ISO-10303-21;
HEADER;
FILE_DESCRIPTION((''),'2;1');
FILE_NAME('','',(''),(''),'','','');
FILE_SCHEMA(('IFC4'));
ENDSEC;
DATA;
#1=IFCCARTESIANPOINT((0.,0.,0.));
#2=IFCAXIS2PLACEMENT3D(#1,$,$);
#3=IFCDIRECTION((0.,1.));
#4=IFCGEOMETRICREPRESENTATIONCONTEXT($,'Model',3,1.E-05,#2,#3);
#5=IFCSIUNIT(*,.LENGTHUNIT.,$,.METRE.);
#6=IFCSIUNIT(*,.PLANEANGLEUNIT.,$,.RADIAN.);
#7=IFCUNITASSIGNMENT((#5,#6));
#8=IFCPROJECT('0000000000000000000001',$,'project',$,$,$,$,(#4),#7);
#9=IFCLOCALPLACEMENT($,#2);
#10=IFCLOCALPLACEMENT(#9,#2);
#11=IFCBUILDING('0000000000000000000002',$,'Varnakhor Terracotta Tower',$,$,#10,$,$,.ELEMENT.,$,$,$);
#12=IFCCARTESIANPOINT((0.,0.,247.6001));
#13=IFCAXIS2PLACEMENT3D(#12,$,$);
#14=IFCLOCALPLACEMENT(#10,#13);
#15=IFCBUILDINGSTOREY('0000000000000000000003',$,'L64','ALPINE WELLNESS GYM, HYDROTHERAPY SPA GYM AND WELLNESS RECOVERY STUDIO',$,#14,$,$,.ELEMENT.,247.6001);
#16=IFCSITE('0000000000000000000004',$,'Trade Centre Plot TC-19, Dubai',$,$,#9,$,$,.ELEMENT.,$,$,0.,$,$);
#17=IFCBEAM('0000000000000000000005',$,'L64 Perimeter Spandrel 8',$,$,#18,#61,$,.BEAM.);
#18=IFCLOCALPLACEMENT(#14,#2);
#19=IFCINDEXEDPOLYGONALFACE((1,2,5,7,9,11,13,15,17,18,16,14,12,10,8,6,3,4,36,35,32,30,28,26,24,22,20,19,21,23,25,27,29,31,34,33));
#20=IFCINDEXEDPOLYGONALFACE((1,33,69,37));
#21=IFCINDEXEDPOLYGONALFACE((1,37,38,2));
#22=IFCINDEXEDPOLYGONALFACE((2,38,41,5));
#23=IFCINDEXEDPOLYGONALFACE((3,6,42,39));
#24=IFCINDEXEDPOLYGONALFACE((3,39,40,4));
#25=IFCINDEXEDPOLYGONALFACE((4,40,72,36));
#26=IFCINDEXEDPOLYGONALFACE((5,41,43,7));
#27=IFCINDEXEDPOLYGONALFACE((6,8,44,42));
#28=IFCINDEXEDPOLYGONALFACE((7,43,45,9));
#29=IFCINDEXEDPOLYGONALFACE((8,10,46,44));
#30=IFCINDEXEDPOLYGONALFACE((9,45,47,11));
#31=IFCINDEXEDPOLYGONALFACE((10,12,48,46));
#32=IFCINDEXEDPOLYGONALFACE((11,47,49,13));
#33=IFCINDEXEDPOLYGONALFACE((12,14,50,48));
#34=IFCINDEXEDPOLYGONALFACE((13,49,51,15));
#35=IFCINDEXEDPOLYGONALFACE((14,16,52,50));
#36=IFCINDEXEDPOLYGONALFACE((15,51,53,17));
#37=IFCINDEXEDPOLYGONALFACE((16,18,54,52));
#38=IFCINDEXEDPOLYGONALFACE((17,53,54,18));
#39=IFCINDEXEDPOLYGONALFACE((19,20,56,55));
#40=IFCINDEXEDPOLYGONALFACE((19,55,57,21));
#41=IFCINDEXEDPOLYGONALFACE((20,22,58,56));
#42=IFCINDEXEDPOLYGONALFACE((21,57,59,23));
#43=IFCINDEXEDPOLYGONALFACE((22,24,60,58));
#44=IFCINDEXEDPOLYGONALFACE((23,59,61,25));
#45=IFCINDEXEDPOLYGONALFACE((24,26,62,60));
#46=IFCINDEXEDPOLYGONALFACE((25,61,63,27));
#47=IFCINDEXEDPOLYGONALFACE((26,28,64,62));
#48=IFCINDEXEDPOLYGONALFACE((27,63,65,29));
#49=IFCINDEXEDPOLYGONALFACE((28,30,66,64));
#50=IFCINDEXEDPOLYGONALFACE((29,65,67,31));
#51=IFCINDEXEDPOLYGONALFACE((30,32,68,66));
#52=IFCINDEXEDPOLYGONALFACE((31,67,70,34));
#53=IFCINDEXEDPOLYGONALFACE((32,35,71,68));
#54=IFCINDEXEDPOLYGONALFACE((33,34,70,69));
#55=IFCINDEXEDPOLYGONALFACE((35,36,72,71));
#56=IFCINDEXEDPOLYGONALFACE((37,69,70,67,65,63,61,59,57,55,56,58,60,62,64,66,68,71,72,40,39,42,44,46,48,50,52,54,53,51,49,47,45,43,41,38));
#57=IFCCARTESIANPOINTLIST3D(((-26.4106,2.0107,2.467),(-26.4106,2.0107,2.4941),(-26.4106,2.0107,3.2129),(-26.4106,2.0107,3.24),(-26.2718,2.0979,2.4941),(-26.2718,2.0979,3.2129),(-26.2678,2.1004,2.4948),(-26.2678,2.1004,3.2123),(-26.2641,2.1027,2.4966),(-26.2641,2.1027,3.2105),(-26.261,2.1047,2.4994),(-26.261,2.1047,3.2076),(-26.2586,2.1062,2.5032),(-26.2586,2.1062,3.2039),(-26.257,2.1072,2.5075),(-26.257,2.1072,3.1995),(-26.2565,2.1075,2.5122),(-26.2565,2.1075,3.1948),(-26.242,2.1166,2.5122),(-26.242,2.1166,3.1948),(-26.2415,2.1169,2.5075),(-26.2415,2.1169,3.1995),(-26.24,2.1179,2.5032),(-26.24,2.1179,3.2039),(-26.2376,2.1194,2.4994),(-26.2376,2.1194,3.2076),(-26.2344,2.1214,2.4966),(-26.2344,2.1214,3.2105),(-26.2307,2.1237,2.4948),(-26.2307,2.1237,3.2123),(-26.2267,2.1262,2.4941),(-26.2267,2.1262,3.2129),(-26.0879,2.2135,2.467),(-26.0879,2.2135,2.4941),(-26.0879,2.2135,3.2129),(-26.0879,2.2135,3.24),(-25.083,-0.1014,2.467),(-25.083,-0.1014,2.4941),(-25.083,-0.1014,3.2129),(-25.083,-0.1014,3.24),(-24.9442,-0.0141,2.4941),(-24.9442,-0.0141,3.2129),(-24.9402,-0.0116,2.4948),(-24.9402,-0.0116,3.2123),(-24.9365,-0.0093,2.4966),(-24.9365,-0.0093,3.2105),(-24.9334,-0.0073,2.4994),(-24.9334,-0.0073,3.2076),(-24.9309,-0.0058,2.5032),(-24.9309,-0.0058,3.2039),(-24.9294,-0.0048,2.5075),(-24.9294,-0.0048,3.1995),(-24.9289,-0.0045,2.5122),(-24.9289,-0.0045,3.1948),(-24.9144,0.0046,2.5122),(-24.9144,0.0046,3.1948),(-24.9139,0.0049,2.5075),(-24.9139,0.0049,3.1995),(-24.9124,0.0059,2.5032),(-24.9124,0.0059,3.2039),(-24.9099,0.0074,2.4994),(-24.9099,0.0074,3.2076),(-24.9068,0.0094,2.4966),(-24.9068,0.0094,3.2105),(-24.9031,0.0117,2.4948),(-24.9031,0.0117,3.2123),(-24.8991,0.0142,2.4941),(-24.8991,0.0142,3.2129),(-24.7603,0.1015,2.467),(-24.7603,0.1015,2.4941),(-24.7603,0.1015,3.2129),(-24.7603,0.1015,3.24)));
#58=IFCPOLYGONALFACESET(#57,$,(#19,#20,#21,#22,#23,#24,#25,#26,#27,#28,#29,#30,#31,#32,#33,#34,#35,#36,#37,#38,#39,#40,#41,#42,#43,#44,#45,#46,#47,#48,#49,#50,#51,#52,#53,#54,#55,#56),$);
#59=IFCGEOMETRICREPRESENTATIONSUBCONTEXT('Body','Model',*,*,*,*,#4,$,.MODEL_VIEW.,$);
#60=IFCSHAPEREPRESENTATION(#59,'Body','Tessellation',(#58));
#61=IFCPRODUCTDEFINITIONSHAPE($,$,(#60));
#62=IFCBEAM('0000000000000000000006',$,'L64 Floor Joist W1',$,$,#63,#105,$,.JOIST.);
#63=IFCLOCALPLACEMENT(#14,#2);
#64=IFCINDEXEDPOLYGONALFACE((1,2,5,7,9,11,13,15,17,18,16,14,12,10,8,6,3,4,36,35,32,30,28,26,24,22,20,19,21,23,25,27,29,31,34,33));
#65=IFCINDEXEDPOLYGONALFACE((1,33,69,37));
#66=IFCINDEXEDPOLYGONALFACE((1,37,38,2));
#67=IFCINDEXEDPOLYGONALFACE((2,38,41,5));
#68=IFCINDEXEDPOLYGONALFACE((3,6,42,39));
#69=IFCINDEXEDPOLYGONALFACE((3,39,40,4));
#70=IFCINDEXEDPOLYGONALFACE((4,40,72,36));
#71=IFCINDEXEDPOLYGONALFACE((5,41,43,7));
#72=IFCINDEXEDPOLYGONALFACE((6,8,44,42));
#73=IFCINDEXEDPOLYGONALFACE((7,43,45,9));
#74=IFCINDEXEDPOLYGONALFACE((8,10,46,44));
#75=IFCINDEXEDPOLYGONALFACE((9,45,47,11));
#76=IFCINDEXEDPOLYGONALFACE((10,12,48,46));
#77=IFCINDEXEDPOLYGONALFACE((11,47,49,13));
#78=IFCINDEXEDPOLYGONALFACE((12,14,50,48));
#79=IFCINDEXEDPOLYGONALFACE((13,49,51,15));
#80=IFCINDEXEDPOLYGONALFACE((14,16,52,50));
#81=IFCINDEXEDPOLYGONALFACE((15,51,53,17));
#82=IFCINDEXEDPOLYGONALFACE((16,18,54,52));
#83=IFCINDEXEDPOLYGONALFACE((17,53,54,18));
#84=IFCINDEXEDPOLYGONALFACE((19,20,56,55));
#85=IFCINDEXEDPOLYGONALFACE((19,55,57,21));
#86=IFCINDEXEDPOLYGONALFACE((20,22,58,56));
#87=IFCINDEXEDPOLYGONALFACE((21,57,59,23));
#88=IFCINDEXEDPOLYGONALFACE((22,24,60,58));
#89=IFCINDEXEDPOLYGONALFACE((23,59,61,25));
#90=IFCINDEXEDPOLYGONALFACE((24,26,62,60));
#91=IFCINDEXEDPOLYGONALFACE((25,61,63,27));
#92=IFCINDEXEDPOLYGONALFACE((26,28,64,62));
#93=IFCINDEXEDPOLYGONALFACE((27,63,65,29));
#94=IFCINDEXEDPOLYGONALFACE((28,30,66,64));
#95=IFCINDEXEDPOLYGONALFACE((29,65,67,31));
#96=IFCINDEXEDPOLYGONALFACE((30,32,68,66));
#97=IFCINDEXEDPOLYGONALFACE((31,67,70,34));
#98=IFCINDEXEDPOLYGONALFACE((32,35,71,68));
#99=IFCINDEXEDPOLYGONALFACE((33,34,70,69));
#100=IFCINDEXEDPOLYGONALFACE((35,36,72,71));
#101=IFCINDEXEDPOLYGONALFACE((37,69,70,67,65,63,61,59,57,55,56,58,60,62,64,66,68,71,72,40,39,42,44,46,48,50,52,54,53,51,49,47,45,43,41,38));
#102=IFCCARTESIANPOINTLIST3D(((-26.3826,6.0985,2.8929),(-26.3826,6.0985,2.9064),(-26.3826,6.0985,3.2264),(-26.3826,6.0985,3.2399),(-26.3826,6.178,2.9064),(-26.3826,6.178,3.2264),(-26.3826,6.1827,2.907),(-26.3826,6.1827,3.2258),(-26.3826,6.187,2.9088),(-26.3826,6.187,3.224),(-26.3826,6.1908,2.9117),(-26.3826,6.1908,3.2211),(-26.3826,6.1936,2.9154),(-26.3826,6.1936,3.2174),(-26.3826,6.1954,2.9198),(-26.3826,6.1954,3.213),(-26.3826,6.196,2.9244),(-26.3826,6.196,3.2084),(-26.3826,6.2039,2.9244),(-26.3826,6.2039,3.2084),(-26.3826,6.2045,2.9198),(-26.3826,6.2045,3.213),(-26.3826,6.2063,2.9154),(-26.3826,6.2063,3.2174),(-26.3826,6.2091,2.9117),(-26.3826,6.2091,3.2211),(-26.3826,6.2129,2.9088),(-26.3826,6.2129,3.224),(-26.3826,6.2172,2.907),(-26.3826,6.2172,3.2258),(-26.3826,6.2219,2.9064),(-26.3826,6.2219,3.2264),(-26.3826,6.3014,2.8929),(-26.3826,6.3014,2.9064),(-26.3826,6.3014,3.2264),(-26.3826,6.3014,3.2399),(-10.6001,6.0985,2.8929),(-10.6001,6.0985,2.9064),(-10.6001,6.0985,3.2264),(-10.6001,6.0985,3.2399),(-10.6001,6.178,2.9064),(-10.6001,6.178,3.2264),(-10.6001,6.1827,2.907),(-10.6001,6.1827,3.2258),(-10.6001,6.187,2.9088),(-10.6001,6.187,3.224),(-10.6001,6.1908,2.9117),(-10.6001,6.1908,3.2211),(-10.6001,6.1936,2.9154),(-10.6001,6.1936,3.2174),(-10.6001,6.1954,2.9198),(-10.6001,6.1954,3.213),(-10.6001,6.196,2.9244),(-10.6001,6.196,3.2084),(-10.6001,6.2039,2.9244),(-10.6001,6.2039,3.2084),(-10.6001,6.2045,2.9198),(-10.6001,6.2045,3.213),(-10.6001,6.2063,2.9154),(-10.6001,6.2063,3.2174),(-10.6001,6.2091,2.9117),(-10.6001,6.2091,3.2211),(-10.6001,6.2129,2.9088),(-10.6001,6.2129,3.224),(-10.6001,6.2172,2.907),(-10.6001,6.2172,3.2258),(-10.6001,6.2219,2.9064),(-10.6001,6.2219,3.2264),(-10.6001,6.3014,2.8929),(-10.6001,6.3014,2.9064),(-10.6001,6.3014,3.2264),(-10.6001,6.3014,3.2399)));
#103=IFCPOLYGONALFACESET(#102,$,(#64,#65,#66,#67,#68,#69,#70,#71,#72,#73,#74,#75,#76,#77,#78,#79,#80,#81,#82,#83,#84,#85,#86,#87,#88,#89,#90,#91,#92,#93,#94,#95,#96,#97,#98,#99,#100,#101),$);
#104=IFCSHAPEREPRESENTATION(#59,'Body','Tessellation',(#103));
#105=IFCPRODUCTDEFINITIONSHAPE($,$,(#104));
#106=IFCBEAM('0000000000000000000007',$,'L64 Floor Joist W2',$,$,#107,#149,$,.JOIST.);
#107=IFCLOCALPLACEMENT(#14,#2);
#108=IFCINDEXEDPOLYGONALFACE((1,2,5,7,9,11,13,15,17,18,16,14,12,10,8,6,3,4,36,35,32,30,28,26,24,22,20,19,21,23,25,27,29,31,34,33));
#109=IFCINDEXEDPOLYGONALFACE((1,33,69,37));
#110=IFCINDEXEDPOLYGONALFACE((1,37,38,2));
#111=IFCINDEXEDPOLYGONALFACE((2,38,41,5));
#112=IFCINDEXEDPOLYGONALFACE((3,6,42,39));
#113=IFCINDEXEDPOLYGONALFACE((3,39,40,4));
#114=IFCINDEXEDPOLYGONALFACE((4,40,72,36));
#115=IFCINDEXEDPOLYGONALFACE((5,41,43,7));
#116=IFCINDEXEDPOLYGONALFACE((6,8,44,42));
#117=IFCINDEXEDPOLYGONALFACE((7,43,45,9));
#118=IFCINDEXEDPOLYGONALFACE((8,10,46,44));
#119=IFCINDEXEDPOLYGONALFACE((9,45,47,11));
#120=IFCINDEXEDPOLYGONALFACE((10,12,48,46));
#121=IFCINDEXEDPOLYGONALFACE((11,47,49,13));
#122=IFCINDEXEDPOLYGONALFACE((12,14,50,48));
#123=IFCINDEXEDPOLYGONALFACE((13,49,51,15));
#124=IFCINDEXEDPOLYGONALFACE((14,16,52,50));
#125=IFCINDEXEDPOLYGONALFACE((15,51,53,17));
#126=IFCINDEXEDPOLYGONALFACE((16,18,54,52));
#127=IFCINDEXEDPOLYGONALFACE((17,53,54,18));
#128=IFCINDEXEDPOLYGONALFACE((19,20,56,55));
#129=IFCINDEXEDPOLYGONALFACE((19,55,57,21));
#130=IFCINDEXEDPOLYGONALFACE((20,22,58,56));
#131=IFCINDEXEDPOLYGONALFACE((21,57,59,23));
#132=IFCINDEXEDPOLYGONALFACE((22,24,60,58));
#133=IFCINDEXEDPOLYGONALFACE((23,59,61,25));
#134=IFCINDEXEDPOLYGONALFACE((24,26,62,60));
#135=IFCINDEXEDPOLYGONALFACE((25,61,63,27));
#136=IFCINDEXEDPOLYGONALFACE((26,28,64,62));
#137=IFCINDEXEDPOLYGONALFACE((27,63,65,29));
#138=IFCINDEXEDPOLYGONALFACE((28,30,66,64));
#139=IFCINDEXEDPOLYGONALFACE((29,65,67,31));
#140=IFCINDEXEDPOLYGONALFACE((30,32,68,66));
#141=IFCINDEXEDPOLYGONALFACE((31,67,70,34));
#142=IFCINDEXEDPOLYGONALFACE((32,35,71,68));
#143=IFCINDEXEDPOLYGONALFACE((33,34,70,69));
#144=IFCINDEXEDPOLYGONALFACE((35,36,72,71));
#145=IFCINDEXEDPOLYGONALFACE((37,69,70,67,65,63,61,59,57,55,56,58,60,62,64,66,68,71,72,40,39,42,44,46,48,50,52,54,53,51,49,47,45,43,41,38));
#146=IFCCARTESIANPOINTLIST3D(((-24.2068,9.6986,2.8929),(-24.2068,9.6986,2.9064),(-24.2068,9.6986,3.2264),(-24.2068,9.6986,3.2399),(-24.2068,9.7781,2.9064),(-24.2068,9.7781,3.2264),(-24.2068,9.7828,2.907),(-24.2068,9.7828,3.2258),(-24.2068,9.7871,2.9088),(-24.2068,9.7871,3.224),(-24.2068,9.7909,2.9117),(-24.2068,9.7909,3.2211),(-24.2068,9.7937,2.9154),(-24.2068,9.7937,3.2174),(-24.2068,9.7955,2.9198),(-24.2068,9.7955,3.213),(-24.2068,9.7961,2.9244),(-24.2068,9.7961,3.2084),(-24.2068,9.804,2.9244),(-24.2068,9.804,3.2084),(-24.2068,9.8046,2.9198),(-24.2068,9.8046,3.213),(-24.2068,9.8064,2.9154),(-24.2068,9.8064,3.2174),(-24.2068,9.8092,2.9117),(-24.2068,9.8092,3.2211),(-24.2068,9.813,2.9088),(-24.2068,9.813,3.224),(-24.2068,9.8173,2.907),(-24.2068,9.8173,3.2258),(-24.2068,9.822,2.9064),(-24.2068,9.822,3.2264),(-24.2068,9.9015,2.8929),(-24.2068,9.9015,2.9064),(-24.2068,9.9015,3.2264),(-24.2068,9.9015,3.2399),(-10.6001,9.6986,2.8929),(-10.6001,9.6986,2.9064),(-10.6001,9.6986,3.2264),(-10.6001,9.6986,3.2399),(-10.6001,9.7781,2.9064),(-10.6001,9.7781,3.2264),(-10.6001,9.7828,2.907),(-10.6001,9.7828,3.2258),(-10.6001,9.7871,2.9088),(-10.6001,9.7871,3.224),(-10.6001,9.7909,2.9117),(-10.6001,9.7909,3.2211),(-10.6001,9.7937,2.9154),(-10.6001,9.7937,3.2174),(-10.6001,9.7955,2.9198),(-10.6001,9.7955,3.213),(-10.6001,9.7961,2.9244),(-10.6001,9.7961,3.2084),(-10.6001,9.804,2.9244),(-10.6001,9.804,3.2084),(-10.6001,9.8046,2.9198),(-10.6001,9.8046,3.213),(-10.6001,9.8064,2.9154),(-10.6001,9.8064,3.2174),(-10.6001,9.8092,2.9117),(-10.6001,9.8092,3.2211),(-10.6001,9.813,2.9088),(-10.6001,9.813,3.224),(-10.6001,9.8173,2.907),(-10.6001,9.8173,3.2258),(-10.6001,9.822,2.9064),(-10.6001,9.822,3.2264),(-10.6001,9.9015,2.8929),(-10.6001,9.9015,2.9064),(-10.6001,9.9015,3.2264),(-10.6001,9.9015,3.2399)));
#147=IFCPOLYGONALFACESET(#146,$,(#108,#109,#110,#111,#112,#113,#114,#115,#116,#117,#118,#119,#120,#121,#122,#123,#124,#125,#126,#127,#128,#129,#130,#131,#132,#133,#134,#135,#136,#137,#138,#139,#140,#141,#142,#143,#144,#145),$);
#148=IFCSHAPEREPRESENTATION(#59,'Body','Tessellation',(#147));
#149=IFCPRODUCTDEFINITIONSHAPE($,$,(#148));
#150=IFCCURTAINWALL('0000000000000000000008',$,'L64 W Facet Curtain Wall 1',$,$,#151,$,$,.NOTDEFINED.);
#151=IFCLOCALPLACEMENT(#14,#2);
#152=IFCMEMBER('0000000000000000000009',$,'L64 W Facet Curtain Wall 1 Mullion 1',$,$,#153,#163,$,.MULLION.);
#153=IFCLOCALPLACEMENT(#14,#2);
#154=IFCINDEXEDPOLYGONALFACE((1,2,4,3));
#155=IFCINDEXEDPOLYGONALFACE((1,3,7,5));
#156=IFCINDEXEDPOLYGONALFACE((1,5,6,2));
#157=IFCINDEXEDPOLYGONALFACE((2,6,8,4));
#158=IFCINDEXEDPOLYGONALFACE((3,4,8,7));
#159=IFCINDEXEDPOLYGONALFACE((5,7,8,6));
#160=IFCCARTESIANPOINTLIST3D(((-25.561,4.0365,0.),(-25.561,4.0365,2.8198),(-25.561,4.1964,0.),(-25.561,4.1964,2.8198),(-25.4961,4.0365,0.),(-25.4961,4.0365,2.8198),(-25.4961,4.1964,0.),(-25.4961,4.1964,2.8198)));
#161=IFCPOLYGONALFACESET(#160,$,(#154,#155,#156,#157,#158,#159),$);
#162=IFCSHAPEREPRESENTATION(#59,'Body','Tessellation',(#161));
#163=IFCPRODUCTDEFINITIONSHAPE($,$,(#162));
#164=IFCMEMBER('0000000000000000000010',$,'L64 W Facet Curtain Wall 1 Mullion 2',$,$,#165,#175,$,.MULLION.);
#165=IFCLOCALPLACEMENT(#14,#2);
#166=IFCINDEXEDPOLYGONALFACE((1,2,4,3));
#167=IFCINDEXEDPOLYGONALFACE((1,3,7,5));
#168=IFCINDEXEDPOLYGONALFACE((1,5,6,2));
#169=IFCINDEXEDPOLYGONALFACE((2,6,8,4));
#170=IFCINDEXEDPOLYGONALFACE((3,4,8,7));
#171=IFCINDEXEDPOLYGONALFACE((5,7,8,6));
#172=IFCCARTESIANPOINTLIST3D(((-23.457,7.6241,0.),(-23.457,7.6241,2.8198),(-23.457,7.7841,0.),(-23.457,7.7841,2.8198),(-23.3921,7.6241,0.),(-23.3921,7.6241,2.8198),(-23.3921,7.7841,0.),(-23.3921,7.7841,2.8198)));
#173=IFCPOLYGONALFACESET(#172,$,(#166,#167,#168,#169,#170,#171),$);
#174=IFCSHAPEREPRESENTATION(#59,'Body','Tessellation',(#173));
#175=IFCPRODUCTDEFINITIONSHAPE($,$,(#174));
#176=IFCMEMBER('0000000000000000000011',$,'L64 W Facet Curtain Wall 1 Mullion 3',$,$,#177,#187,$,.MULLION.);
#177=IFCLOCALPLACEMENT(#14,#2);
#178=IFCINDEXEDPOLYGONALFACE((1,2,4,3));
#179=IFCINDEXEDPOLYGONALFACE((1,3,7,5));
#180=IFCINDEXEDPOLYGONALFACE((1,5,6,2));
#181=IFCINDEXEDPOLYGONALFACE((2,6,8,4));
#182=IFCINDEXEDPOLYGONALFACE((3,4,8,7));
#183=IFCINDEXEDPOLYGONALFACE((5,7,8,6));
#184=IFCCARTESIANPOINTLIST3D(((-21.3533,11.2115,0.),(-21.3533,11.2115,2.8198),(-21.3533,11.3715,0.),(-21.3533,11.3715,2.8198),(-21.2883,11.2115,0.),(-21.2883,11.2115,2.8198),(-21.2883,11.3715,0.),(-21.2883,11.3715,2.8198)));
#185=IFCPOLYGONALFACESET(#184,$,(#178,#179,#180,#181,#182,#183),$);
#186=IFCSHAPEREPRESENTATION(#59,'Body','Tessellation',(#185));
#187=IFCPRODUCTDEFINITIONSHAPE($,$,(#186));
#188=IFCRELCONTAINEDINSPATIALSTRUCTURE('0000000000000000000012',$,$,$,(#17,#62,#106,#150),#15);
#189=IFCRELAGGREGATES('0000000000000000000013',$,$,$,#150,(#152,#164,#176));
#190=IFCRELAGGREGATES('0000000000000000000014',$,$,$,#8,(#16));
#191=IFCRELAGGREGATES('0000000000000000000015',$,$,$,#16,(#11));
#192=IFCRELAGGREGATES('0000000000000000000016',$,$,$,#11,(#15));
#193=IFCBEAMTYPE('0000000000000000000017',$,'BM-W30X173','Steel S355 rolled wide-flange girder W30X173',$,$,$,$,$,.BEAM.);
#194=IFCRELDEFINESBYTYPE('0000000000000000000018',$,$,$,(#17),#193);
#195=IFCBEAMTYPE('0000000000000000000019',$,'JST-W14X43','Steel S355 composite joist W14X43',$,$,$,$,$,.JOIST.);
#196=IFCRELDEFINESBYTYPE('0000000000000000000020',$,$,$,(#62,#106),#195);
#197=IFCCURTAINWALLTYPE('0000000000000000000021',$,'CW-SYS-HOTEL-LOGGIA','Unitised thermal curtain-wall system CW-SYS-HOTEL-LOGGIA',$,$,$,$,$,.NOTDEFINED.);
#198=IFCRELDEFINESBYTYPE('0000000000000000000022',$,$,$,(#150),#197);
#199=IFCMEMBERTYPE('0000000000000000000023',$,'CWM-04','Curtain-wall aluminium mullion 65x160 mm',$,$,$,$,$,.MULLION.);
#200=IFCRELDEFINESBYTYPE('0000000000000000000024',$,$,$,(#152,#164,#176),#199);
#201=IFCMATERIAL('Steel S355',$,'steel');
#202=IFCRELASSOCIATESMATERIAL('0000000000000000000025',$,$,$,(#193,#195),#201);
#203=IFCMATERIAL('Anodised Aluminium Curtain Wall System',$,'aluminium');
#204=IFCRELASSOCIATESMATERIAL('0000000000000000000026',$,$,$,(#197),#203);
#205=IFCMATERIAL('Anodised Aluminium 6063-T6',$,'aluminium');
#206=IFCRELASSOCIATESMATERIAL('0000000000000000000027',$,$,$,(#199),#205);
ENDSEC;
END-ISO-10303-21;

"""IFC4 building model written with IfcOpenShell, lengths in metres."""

from ifc_helpers import new_model, si_unit, direction, frame, origin, origin_2d, place, context, subcontext, project, spatial, rectangle, i_section, extrude, source, transform, mapped, material, material_profile, profile_set, type_object, element, aggregate, save


model = new_model("IFC4")

# Units and contexts
model_context = context("Model", 3, precision=1e-05, world=origin(), true_north=direction((0.0, 1.0)))
body_context = subcontext(model_context, "Body", "Model", "MODEL_VIEW")
ifc_project = project(units=[si_unit("LENGTHUNIT", "METRE"), si_unit("PLANEANGLEUNIT", "RADIAN")], contexts=[model_context])

# Site, building, storey
site_placement = place(None, origin())
site = spatial("IfcSite", under=ifc_project, at=site_placement, Name="Trade Centre Plot TC-19, Dubai", CompositionType="ELEMENT", RefElevation=0.0)
building_placement = place(site_placement, origin())
building = spatial("IfcBuilding", under=site, at=building_placement, Name="Varnakhor Terracotta Tower", CompositionType="ELEMENT")
storey_placement = place(building_placement, frame((0.0, 0.0, 247.6001)))
storey = spatial("IfcBuildingStorey", under=building, at=storey_placement, Name="L64", Description="ALPINE WELLNESS GYM, HYDROTHERAPY SPA GYM AND WELLNESS RECOVERY STUDIO", CompositionType="ELEMENT", Elevation=247.6001)

# Beams
ifc_material_1 = material(Name="Steel S355", Category="steel")
ifc_material_profile_1 = material_profile(ifc_material_1, i_section(OverallWidth=0.3811, OverallDepth=0.7729, WebThickness=0.0171, FlangeThickness=0.0271, FilletRadius=0.0181, at=origin_2d()), Name="W30X173")
ifc_profile_set_1 = profile_set([ifc_material_profile_1], Name="Steel S355")
beam_type_1 = type_object("IfcBeamType", Name="BM-W30X173", Description="Steel S355 rolled wide-flange girder W30X173", PredefinedType="BEAM", material=ifc_profile_set_1)
shared_shape_1 = source(origin(), body_context, "Body", "SweptSolid", [
    extrude(i_section(OverallWidth=0.3811, OverallDepth=0.7729, WebThickness=0.0171, FlangeThickness=0.0271, FilletRadius=0.0181, at=origin_2d()), origin(), (0.0, 0.0, 1.0), 2.4946),
])
for number, where, z_axis, x_axis, name in (
    (1, (-26.2493, 2.1121, 2.8535), (0.532188, -0.846626, 0.0), (0.846626, 0.532188, 0.0), "L64 Perimeter Spandrel 8"),
):
    element("IfcBeam", number, at=place(storey_placement, frame(where, z_axis=z_axis, x_axis=x_axis)), inside=storey, type_object=beam_type_1, Name=name, PredefinedType="BEAM", context=body_context, shape_type="MappedRepresentation", body=[
        mapped(shared_shape_1, transform((0.0, 0.0, 0.0), scale=1.0)),
    ])
ifc_material_profile_2 = material_profile(ifc_material_1, i_section(OverallWidth=0.2029, OverallDepth=0.3469, WebThickness=0.0078, FlangeThickness=0.0134, FilletRadius=0.0181, at=origin_2d()), Name="W14X43")
ifc_profile_set_2 = profile_set([ifc_material_profile_2], Name="Steel S355")
beam_type_2 = type_object("IfcBeamType", Name="JST-W14X43", Description="Steel S355 composite joist W14X43", PredefinedType="JOIST", material=ifc_profile_set_2)
shared_shape_2 = source(origin(), body_context, "Body", "SweptSolid", [
    extrude(i_section(OverallWidth=0.2029, OverallDepth=0.3469, WebThickness=0.0078, FlangeThickness=0.0134, FilletRadius=0.0181, at=origin_2d()), origin(), (0.0, 0.0, 1.0), 15.7825),
])
beam_1_placement = place(storey_placement, frame((-26.3826, 6.2, 3.0664), z_axis=(1.0, 0.0, 0.0), x_axis=(0.0, 1.0, 0.0)))
element("IfcBeam", 2, at=beam_1_placement, inside=storey, type_object=beam_type_2, Name="L64 Floor Joist W1", PredefinedType="JOIST", context=body_context, shape_type="MappedRepresentation", body=[
    mapped(shared_shape_2, transform((0.0, 0.0, 0.0), scale=1.0)),
])
shared_shape_3 = source(origin(), body_context, "Body", "SweptSolid", [
    extrude(i_section(OverallWidth=0.2029, OverallDepth=0.3469, WebThickness=0.0078, FlangeThickness=0.0134, FilletRadius=0.0181, at=origin_2d()), origin(), (0.0, 0.0, 1.0), 13.6067),
])
beam_2_placement = place(storey_placement, frame((-24.2068, 9.8, 3.0664), z_axis=(1.0, 0.0, 0.0), x_axis=(0.0, 1.0, 0.0)))
element("IfcBeam", 3, at=beam_2_placement, inside=storey, type_object=beam_type_2, Name="L64 Floor Joist W2", PredefinedType="JOIST", context=body_context, shape_type="MappedRepresentation", body=[
    mapped(shared_shape_3, transform((0.0, 0.0, 0.0), scale=1.0)),
])

# Curtain wall, members
ifc_material_2 = material(Name="Anodised Aluminium Curtain Wall System", Category="aluminium")
curtain_wall_type = type_object("IfcCurtainWallType", Name="CW-SYS-HOTEL-LOGGIA", Description="Unitised thermal curtain-wall system CW-SYS-HOTEL-LOGGIA", PredefinedType="NOTDEFINED", material=ifc_material_2)
curtain_wall_1_placement = place(storey_placement, origin())
curtain_wall_1 = element("IfcCurtainWall", 4, at=curtain_wall_1_placement, inside=storey, type_object=curtain_wall_type, Name="L64 W Facet Curtain Wall 1", PredefinedType="NOTDEFINED")
ifc_material_3 = material(Name="Anodised Aluminium 6063-T6", Category="aluminium")
ifc_material_profile_3 = material_profile(ifc_material_3, rectangle(XDim=0.0649, YDim=0.1599, at=origin_2d()), Name="ALU MULLION 65x160")
ifc_profile_set_3 = profile_set([ifc_material_profile_3], Name="Anodised Aluminium 6063-T6")
member_type_1 = type_object("IfcMemberType", Name="CWM-04", Description="Curtain-wall aluminium mullion 65x160 mm", PredefinedType="MULLION", material=ifc_profile_set_3)
shared_shape_4 = source(origin(), body_context, "Body", "SweptSolid", [
    extrude(rectangle(XDim=0.0649, YDim=0.1599, at=origin_2d()), origin(), (0.0, 0.0, 1.0), 2.8198),
])
member_1_placement = place(storey_placement, frame((-25.5286, 4.1165, 0.0), z_axis=(0.0, 0.0, 1.0), x_axis=(1.0, 0.0, 0.0)))
member_1 = element("IfcMember", 5, at=member_1_placement, type_object=member_type_1, Name="L64 W Facet Curtain Wall 1 Mullion 1", PredefinedType="MULLION", context=body_context, shape_type="MappedRepresentation", body=[
    mapped(shared_shape_4, transform((0.0, 0.0, 0.0), scale=1.0)),
])
member_2_placement = place(storey_placement, frame((-23.4246, 7.7041, 0.0), z_axis=(0.0, 0.0, 1.0), x_axis=(1.0, 0.0, 0.0)))
member_2 = element("IfcMember", 6, at=member_2_placement, type_object=member_type_1, Name="L64 W Facet Curtain Wall 1 Mullion 2", PredefinedType="MULLION", context=body_context, shape_type="MappedRepresentation", body=[
    mapped(shared_shape_4, transform((0.0, 0.0, 0.0), scale=1.0)),
])
member_3_placement = place(storey_placement, frame((-21.3208, 11.2915, 0.0), z_axis=(0.0, 0.0, 1.0), x_axis=(1.0, 0.0, 0.0)))
member_3 = element("IfcMember", 7, at=member_3_placement, type_object=member_type_1, Name="L64 W Facet Curtain Wall 1 Mullion 3", PredefinedType="MULLION", context=body_context, shape_type="MappedRepresentation", body=[
    mapped(shared_shape_4, transform((0.0, 0.0, 0.0), scale=1.0)),
])

aggregate(curtain_wall_1, [member_1, member_2, member_3])

save(model, "model.ifc")
